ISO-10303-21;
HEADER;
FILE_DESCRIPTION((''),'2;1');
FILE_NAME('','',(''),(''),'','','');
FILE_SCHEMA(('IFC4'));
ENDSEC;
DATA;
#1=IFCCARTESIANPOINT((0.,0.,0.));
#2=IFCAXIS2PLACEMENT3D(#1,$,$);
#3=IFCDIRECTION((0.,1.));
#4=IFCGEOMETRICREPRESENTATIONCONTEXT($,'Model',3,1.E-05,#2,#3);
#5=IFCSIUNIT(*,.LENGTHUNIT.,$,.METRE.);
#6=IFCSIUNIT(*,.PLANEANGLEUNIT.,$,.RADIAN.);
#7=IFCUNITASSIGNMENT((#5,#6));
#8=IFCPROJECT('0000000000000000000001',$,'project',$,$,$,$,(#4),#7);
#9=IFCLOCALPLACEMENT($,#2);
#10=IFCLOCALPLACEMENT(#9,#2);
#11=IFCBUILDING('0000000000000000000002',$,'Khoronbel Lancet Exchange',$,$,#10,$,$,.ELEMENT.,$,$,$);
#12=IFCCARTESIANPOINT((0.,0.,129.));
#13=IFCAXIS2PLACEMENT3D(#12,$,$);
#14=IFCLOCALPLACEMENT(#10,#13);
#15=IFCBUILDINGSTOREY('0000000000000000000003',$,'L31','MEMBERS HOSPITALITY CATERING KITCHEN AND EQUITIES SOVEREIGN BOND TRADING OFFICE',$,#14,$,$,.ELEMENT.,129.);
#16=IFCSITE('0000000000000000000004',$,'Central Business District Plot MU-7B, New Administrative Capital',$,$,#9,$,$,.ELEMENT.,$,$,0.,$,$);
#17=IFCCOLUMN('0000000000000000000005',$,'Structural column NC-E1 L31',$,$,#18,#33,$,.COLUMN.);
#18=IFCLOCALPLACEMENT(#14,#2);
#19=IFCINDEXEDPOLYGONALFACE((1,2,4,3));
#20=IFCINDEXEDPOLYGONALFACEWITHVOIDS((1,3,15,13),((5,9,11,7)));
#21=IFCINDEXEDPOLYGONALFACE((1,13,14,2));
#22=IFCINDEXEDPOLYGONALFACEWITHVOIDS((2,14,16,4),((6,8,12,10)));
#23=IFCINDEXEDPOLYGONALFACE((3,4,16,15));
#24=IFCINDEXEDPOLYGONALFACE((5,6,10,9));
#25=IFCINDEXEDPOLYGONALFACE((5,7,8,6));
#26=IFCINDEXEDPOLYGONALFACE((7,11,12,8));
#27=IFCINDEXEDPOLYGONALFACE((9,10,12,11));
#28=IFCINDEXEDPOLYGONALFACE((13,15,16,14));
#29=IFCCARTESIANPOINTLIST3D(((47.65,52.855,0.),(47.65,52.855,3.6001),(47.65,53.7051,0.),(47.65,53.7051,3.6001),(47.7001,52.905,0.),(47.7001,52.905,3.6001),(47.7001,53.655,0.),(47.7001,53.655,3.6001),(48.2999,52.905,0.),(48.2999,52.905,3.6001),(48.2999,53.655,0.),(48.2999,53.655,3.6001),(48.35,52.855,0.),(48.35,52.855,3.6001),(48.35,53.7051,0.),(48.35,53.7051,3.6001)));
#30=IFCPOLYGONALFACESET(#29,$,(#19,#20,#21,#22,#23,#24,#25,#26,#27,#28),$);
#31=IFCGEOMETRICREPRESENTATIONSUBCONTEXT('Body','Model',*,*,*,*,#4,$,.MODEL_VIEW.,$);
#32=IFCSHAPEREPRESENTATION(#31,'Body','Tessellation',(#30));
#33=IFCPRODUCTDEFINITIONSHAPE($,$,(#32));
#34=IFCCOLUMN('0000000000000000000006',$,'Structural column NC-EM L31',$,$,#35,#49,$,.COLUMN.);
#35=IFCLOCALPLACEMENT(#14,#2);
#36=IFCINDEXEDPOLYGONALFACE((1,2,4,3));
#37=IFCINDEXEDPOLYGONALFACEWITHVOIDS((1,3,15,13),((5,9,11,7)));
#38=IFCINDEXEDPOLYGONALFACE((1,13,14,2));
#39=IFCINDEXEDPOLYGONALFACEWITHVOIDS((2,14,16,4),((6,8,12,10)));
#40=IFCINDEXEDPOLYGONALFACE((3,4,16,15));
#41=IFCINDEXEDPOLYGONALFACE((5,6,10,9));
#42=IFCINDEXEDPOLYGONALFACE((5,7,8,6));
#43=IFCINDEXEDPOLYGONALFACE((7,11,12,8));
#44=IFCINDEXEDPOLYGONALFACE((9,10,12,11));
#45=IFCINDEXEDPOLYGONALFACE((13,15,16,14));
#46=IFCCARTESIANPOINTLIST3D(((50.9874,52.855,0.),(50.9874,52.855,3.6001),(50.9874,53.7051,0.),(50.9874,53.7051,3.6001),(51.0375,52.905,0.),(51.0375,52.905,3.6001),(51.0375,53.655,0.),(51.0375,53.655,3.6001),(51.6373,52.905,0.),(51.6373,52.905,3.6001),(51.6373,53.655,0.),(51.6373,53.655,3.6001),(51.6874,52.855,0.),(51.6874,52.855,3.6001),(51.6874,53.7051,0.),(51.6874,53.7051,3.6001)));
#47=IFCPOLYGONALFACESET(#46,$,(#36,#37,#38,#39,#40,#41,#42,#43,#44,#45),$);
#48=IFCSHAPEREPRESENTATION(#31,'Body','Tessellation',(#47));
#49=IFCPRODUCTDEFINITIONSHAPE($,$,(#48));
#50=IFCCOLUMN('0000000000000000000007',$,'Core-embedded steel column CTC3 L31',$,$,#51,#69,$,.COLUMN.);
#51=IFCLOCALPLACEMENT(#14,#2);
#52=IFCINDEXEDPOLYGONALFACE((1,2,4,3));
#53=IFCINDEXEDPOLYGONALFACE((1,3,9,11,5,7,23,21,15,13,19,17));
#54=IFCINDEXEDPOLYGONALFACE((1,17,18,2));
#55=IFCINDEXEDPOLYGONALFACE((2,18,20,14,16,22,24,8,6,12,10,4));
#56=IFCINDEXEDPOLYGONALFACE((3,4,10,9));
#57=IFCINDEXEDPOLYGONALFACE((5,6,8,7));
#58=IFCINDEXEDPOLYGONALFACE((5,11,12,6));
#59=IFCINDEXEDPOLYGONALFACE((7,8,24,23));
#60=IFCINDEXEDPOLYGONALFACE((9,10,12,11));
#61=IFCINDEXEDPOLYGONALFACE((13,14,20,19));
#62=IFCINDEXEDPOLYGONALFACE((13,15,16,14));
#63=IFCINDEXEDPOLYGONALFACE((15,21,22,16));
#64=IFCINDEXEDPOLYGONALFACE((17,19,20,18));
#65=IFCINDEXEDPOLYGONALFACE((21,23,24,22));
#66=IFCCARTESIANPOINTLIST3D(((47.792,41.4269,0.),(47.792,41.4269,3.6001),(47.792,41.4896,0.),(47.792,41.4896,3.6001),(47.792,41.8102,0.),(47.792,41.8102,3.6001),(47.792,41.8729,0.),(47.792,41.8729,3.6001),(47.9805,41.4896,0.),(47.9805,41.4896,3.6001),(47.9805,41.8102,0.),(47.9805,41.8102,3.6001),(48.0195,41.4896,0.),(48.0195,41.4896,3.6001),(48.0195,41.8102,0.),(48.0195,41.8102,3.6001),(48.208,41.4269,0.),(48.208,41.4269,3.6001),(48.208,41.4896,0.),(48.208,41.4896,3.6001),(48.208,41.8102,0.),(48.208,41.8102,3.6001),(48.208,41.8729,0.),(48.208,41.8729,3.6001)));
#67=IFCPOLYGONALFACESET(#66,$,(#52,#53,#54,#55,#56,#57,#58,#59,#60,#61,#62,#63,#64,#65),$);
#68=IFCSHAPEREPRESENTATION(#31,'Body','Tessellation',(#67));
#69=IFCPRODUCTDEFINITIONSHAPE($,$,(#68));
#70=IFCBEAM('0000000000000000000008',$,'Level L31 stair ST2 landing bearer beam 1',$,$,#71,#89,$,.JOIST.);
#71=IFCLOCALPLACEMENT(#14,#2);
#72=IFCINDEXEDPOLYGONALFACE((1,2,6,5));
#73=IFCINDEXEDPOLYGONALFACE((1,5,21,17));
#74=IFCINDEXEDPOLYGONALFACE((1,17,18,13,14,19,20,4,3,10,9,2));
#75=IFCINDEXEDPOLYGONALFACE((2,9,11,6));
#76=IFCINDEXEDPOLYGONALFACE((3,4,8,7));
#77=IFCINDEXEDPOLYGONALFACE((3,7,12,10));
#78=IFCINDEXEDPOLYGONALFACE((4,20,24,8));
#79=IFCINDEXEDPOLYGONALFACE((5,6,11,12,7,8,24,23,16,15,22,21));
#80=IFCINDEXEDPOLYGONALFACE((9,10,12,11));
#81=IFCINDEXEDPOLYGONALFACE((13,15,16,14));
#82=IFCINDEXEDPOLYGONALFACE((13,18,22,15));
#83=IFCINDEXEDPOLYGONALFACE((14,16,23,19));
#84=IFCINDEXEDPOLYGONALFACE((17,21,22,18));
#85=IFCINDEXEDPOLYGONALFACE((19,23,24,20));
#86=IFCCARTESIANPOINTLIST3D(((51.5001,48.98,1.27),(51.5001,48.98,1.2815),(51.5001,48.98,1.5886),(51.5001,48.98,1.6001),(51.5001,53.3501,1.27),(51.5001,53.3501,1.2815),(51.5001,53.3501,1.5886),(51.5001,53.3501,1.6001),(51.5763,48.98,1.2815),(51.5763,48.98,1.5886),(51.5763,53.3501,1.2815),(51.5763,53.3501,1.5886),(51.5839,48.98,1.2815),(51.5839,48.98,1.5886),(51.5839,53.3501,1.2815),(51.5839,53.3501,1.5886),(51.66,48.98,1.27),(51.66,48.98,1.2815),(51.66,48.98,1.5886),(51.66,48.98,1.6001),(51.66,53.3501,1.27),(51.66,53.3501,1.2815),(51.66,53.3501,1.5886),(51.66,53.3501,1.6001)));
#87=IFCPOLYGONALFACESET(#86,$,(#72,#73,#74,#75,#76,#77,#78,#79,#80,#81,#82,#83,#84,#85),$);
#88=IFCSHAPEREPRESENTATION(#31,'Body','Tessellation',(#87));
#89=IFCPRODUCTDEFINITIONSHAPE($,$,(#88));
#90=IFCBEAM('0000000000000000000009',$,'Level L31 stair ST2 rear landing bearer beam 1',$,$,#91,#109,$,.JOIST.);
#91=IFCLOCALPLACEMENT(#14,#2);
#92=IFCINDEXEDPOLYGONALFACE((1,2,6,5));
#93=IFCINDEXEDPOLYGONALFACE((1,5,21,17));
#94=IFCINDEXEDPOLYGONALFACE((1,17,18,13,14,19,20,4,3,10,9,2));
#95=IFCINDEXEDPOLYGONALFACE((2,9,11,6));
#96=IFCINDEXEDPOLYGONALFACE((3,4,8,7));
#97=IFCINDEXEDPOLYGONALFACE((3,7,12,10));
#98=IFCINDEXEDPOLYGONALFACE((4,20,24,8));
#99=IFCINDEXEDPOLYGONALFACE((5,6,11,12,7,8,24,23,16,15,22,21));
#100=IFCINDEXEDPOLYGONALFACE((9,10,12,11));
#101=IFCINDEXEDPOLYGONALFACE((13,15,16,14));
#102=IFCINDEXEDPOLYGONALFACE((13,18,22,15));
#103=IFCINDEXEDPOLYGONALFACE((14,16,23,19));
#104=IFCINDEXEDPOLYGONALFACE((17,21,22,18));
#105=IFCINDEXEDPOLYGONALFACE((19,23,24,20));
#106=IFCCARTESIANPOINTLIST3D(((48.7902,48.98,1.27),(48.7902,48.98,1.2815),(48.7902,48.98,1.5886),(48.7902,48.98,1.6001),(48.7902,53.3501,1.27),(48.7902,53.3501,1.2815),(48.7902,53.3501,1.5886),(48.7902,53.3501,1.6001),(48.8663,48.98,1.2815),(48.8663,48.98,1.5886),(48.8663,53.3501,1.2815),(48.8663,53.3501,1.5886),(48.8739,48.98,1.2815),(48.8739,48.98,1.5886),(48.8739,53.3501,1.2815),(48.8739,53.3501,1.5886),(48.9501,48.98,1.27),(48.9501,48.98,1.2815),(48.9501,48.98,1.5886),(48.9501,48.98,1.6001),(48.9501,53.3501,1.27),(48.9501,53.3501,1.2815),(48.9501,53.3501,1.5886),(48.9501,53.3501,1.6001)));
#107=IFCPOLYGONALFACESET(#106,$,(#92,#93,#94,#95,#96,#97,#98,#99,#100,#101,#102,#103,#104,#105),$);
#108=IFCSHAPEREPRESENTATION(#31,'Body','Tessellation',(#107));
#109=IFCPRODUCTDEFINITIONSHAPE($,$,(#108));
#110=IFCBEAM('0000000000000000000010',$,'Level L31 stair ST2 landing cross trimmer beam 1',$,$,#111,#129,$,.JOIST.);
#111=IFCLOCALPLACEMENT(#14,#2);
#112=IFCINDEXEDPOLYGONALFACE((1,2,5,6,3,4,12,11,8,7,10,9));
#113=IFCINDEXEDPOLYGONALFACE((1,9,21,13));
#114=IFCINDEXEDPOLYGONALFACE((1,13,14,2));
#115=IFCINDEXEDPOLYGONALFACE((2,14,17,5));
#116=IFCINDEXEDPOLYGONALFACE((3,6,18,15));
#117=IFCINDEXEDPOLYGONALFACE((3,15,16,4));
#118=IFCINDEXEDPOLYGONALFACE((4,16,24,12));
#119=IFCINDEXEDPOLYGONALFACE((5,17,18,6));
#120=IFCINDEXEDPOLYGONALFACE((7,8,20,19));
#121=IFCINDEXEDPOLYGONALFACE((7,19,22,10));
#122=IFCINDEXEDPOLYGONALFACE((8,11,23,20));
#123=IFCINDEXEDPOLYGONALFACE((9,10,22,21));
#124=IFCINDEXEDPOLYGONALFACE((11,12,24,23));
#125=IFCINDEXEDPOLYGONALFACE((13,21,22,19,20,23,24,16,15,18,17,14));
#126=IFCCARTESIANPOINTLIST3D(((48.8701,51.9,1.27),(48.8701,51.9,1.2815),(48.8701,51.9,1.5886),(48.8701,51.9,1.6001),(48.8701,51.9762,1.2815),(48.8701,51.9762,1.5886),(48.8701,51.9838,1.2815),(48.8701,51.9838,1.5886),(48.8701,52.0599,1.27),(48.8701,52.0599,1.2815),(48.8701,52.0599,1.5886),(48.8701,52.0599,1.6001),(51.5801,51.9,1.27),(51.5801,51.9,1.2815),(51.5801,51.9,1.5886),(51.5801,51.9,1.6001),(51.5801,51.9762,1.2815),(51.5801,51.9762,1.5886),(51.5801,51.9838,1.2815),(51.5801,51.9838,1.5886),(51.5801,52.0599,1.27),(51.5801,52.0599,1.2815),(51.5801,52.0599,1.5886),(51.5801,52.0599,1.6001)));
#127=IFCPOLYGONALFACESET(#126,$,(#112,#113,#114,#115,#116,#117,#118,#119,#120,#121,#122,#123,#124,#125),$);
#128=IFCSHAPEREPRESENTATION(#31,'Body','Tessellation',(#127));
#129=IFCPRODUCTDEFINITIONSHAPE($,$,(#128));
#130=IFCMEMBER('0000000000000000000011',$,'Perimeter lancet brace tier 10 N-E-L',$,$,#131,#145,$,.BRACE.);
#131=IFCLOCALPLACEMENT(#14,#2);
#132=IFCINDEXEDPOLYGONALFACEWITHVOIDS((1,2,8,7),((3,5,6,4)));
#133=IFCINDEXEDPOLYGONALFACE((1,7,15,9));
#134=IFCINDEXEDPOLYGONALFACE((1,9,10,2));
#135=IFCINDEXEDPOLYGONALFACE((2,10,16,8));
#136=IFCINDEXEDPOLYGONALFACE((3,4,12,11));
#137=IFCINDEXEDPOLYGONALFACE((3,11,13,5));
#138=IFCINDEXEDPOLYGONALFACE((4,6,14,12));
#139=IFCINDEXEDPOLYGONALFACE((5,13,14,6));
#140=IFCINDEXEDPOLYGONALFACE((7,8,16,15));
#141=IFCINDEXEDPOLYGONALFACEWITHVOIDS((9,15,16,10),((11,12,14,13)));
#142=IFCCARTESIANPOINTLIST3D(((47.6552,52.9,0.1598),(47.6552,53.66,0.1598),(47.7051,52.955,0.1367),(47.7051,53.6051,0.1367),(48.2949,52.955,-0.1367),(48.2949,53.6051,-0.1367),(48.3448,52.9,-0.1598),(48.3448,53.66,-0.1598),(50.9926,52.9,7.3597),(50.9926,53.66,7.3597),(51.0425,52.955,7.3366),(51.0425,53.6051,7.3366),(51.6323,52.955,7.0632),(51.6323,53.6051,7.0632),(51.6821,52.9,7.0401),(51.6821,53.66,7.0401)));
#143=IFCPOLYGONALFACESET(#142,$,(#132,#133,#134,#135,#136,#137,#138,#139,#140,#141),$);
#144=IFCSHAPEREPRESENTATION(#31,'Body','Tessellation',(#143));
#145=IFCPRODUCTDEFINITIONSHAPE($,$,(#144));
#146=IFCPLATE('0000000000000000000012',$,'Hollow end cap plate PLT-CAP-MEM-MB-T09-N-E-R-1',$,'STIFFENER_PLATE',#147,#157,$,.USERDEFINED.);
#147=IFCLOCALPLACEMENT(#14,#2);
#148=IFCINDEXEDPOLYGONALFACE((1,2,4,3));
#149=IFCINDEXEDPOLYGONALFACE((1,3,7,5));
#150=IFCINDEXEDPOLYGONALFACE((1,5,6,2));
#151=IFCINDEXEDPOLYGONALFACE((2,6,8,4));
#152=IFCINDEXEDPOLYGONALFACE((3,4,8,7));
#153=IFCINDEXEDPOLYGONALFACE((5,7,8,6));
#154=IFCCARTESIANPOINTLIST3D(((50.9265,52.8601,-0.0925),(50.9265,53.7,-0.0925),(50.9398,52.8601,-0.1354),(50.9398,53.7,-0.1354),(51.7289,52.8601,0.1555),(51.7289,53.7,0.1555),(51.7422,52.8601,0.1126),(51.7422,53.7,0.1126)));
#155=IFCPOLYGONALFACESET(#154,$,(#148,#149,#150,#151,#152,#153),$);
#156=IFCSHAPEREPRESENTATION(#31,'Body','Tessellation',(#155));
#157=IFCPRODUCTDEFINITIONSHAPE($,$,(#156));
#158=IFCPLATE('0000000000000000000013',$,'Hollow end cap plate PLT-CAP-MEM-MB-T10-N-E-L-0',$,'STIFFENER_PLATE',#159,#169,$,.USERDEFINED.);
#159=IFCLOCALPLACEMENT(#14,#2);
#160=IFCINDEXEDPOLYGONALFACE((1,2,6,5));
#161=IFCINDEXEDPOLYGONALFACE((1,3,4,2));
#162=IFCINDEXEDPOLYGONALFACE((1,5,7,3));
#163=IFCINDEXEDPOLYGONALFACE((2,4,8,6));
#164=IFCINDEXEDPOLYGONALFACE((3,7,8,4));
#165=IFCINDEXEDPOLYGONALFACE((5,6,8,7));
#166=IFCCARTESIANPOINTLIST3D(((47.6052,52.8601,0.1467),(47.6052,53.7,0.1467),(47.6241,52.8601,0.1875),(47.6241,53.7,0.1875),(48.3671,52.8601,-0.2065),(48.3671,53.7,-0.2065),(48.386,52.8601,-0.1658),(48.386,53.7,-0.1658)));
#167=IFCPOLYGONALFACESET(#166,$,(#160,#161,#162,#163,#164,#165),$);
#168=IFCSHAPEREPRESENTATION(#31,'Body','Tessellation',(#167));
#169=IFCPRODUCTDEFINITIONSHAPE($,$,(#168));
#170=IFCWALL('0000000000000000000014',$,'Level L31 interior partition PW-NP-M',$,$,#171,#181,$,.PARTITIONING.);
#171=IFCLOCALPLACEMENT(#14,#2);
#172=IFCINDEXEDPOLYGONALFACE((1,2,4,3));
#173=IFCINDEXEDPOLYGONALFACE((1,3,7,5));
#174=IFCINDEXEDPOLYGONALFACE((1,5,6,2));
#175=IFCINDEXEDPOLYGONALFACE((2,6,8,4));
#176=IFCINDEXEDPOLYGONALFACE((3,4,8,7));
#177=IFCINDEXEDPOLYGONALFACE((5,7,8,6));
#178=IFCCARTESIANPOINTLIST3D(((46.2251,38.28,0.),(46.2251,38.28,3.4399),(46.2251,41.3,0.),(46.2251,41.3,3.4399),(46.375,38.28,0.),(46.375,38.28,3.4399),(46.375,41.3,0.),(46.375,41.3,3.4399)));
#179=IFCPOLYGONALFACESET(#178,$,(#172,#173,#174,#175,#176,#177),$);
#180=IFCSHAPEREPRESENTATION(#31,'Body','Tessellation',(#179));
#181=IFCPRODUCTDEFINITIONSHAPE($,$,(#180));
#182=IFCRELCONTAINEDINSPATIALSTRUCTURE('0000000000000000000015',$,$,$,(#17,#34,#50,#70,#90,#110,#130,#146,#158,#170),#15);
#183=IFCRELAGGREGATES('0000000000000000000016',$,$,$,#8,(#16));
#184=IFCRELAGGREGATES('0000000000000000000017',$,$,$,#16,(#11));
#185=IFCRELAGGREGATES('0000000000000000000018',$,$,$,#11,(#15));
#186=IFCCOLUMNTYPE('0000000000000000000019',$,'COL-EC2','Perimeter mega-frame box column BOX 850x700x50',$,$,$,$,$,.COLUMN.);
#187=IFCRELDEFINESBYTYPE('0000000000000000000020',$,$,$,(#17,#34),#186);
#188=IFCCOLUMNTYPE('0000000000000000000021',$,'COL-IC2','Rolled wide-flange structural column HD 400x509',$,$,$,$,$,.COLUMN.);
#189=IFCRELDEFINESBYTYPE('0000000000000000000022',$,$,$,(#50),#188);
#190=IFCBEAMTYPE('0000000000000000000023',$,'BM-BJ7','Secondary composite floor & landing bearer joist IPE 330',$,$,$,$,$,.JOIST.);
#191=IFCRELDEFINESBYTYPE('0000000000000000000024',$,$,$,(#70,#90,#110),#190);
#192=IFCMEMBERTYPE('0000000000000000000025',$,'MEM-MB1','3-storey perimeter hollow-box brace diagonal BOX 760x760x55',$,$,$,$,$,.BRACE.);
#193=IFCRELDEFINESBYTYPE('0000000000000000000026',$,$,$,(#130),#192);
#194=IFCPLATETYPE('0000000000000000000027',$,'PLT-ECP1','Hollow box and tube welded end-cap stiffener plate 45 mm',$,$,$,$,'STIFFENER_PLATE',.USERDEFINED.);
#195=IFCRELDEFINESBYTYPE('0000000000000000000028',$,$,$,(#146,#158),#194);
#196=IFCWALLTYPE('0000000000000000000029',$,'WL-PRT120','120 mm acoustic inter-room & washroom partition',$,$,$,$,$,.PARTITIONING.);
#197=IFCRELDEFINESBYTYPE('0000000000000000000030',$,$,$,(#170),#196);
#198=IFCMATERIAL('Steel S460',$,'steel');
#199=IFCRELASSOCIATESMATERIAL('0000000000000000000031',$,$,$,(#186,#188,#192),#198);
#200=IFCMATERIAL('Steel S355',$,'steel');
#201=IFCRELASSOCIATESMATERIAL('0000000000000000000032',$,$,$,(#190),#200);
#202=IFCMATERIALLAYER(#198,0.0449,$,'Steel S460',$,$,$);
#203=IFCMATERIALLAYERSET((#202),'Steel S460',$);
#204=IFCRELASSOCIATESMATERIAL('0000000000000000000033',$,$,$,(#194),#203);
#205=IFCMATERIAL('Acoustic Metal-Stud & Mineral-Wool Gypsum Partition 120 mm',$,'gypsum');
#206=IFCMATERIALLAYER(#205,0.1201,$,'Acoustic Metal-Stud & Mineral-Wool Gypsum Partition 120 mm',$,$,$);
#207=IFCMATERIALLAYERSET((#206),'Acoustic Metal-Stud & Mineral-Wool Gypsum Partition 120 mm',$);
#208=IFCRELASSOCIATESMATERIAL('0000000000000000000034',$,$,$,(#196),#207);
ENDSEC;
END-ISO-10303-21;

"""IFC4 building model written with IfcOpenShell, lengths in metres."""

from ifc_helpers import new_model, si_unit, direction, frame, frame_2d, origin, origin_2d, place, context, subcontext, project, spatial, polyline, rectangle, hollow_rectangle, i_section, outline, extrude, material, layer, layer_set, material_profile, profile_set, type_object, element, save


model = new_model("IFC4")

# Units and contexts
model_context = context("Model", 3, precision=1e-05, world=origin(), true_north=direction((0.0, 1.0)))
body_context = subcontext(model_context, "Body", "Model", "MODEL_VIEW")
ifc_project = project(units=[si_unit("LENGTHUNIT", "METRE"), si_unit("PLANEANGLEUNIT", "RADIAN")], contexts=[model_context])

# Site, building, storey
site_placement = place(None, origin())
site = spatial("IfcSite", under=ifc_project, at=site_placement, Name="Central Business District Plot MU-7B, New Administrative Capital", CompositionType="ELEMENT", RefElevation=0.0)
building_placement = place(site_placement, origin())
building = spatial("IfcBuilding", under=site, at=building_placement, Name="Khoronbel Lancet Exchange", CompositionType="ELEMENT")
storey_placement = place(building_placement, frame((0.0, 0.0, 129.0)))
storey = spatial("IfcBuildingStorey", under=building, at=storey_placement, Name="L31", Description="MEMBERS HOSPITALITY CATERING KITCHEN AND EQUITIES SOVEREIGN BOND TRADING OFFICE", CompositionType="ELEMENT", Elevation=129.0)

# Columns
ifc_material_1 = material(Name="Steel S460", Category="steel")
ifc_material_profile_1 = material_profile(ifc_material_1, hollow_rectangle(XDim=0.7, YDim=0.8501, WallThickness=0.05, at=origin_2d()), Name="BOX 850x700x50")
ifc_profile_set_1 = profile_set([ifc_material_profile_1], Name="Steel S460")
column_type_1 = type_object("IfcColumnType", Name="COL-EC2", Description="Perimeter mega-frame box column BOX 850x700x50", PredefinedType="COLUMN", material=ifc_profile_set_1)
for number, where, z_axis, x_axis, name in (
    (1, (48.0, 53.28, 0.0), (0.0, 0.0, 1.0), (1.0, 0.0, 0.0), "Structural column NC-E1 L31"),
    (2, (51.3374, 53.28, 0.0), (0.0, 0.0, 1.0), (1.0, 0.0, 0.0), "Structural column NC-EM L31"),
):
    element("IfcColumn", number, at=place(storey_placement, frame(where, z_axis=z_axis, x_axis=x_axis)), inside=storey, type_object=column_type_1, Name=name, PredefinedType="COLUMN", context=body_context, shape_type="SweptSolid", body=[
        extrude(hollow_rectangle(XDim=0.7, YDim=0.8501, WallThickness=0.05, at=origin_2d()), origin(), (0.0, 0.0, 1.0), 3.6001),
    ])
ifc_material_profile_2 = material_profile(ifc_material_1, i_section(OverallWidth=0.416, OverallDepth=0.446, WebThickness=0.0391, FlangeThickness=0.0627, at=origin_2d()), Name="HD 400x509")
ifc_profile_set_2 = profile_set([ifc_material_profile_2], Name="Steel S460")
column_type_2 = type_object("IfcColumnType", Name="COL-IC2", Description="Rolled wide-flange structural column HD 400x509", PredefinedType="COLUMN", material=ifc_profile_set_2)
column_placement = place(storey_placement, frame((48.0, 41.6499, 0.0), z_axis=(0.0, 0.0, 1.0), x_axis=(1.0, 0.0, 0.0)))
element("IfcColumn", 3, at=column_placement, inside=storey, type_object=column_type_2, Name="Core-embedded steel column CTC3 L31", PredefinedType="COLUMN", context=body_context, shape_type="SweptSolid", body=[
    extrude(i_section(OverallWidth=0.416, OverallDepth=0.446, WebThickness=0.0391, FlangeThickness=0.0627, at=origin_2d()), origin(), (0.0, 0.0, 1.0), 3.6001),
])

# Beams
ifc_material_2 = material(Name="Steel S355", Category="steel")
ifc_material_profile_3 = material_profile(ifc_material_2, i_section(OverallWidth=0.1599, OverallDepth=0.3301, WebThickness=0.0076, FlangeThickness=0.0115, at=origin_2d()), Name="IPE 330")
ifc_profile_set_3 = profile_set([ifc_material_profile_3], Name="Steel S355")
beam_type = type_object("IfcBeamType", Name="BM-BJ7", Description="Secondary composite floor & landing bearer joist IPE 330", PredefinedType="JOIST", material=ifc_profile_set_3)
for number, where, z_axis, x_axis, name in (
    (4, (51.5801, 48.98, 1.4351), (0.0, 1.0, 0.0), (-1.0, 0.0, 0.0), "Level L31 stair ST2 landing bearer beam 1"),
    (5, (48.8701, 48.98, 1.4351), (0.0, 1.0, 0.0), (-1.0, 0.0, 0.0), "Level L31 stair ST2 rear landing bearer beam 1"),
):
    element("IfcBeam", number, at=place(storey_placement, frame(where, z_axis=z_axis, x_axis=x_axis)), inside=storey, type_object=beam_type, Name=name, PredefinedType="JOIST", context=body_context, shape_type="SweptSolid", body=[
        extrude(i_section(OverallWidth=0.1599, OverallDepth=0.3301, WebThickness=0.0076, FlangeThickness=0.0115, at=origin_2d()), origin(), (0.0, 0.0, 1.0), 4.3701),
    ])
beam_placement = place(storey_placement, frame((48.8701, 51.98, 1.4351), z_axis=(1.0, 0.0, 0.0), x_axis=(0.0, 1.0, 0.0)))
element("IfcBeam", 6, at=beam_placement, inside=storey, type_object=beam_type, Name="Level L31 stair ST2 landing cross trimmer beam 1", PredefinedType="JOIST", context=body_context, shape_type="SweptSolid", body=[
    extrude(i_section(OverallWidth=0.1599, OverallDepth=0.3301, WebThickness=0.0076, FlangeThickness=0.0115, at=origin_2d()), origin(), (0.0, 0.0, 1.0), 2.71),
])

# Member
ifc_material_profile_4 = material_profile(ifc_material_1, hollow_rectangle(XDim=0.76, YDim=0.76, WallThickness=0.0549, at=origin_2d()), Name="BOX 760x760x55")
ifc_profile_set_4 = profile_set([ifc_material_profile_4], Name="Steel S460")
member_type = type_object("IfcMemberType", Name="MEM-MB1", Description="3-storey perimeter hollow-box brace diagonal BOX 760x760x55", PredefinedType="BRACE", material=ifc_profile_set_4)
member_placement = place(storey_placement, frame((48.0, 53.28, 0.0), z_axis=(0.420548, 0.0, 0.90727), x_axis=(0.0, 1.0, 0.0)))
element("IfcMember", 7, at=member_placement, inside=storey, type_object=member_type, Name="Perimeter lancet brace tier 10 N-E-L", PredefinedType="BRACE", context=body_context, shape_type="SweptSolid", body=[
    extrude(hollow_rectangle(XDim=0.76, YDim=0.76, WallThickness=0.0549, at=origin_2d()), origin(), (0.0, 0.0, 1.0), 7.9358),
])

# Plates
ifc_layer_1 = layer(ifc_material_1, 0.0449, Name="Steel S460")
ifc_layer_set_1 = layer_set([ifc_layer_1], Name="Steel S460")
plate_type = type_object("IfcPlateType", Name="PLT-ECP1", Description="Hollow box and tube welded end-cap stiffener plate 45 mm", ElementType="STIFFENER_PLATE", PredefinedType="USERDEFINED", material=ifc_layer_set_1)
for number, where, z_axis, x_axis, name in (
    (8, (50.9265, 53.7, -0.0925), (-0.295311, 0.0, 0.955401), (0.0, -1.0, 0.0), "Hollow end cap plate PLT-CAP-MEM-MB-T09-N-E-R-1"),
    (9, (48.386, 52.8601, -0.1658), (0.420624, 0.0, 0.907235), (0.0, 1.0, 0.0), "Hollow end cap plate PLT-CAP-MEM-MB-T10-N-E-L-0"),
):
    element("IfcPlate", number, at=place(storey_placement, frame(where, z_axis=z_axis, x_axis=x_axis)), inside=storey, type_object=plate_type, Name=name, ObjectType="STIFFENER_PLATE", PredefinedType="USERDEFINED", context=body_context, shape_type="SweptSolid", body=[
        extrude(outline(polyline([(0.0, 0.0), (0.8398, 0.0), (0.8398, 0.8398), (0.0, 0.8398), (0.0, 0.0)])), origin(), (0.0, 0.0, -1.0), 0.0449),
    ])

# Wall
ifc_material_3 = material(Name="Acoustic Metal-Stud & Mineral-Wool Gypsum Partition 120 mm", Category="gypsum")
ifc_layer_2 = layer(ifc_material_3, 0.1201, Name="Acoustic Metal-Stud & Mineral-Wool Gypsum Partition 120 mm")
ifc_layer_set_2 = layer_set([ifc_layer_2], Name="Acoustic Metal-Stud & Mineral-Wool Gypsum Partition 120 mm")
wall_type_1 = type_object("IfcWallType", Name="WL-PRT120", Description="120 mm acoustic inter-room & washroom partition", PredefinedType="PARTITIONING", material=ifc_layer_set_2)
wall_1_placement = place(storey_placement, frame((46.3, 38.28, 0.0), z_axis=(0.0, 0.0, 1.0), x_axis=(0.0, 1.0, 0.0)))
element("IfcWall", 10, at=wall_1_placement, inside=storey, type_object=wall_type_1, Name="Level L31 interior partition PW-NP-M", PredefinedType="PARTITIONING", context=body_context, shape_type="SweptSolid", body=[
    extrude(rectangle(XDim=3.02, YDim=0.1499, at=frame_2d((1.51, 0.0))), origin(), (0.0, 0.0, 1.0), 3.4399),
])

save(model, "model.ifc")
